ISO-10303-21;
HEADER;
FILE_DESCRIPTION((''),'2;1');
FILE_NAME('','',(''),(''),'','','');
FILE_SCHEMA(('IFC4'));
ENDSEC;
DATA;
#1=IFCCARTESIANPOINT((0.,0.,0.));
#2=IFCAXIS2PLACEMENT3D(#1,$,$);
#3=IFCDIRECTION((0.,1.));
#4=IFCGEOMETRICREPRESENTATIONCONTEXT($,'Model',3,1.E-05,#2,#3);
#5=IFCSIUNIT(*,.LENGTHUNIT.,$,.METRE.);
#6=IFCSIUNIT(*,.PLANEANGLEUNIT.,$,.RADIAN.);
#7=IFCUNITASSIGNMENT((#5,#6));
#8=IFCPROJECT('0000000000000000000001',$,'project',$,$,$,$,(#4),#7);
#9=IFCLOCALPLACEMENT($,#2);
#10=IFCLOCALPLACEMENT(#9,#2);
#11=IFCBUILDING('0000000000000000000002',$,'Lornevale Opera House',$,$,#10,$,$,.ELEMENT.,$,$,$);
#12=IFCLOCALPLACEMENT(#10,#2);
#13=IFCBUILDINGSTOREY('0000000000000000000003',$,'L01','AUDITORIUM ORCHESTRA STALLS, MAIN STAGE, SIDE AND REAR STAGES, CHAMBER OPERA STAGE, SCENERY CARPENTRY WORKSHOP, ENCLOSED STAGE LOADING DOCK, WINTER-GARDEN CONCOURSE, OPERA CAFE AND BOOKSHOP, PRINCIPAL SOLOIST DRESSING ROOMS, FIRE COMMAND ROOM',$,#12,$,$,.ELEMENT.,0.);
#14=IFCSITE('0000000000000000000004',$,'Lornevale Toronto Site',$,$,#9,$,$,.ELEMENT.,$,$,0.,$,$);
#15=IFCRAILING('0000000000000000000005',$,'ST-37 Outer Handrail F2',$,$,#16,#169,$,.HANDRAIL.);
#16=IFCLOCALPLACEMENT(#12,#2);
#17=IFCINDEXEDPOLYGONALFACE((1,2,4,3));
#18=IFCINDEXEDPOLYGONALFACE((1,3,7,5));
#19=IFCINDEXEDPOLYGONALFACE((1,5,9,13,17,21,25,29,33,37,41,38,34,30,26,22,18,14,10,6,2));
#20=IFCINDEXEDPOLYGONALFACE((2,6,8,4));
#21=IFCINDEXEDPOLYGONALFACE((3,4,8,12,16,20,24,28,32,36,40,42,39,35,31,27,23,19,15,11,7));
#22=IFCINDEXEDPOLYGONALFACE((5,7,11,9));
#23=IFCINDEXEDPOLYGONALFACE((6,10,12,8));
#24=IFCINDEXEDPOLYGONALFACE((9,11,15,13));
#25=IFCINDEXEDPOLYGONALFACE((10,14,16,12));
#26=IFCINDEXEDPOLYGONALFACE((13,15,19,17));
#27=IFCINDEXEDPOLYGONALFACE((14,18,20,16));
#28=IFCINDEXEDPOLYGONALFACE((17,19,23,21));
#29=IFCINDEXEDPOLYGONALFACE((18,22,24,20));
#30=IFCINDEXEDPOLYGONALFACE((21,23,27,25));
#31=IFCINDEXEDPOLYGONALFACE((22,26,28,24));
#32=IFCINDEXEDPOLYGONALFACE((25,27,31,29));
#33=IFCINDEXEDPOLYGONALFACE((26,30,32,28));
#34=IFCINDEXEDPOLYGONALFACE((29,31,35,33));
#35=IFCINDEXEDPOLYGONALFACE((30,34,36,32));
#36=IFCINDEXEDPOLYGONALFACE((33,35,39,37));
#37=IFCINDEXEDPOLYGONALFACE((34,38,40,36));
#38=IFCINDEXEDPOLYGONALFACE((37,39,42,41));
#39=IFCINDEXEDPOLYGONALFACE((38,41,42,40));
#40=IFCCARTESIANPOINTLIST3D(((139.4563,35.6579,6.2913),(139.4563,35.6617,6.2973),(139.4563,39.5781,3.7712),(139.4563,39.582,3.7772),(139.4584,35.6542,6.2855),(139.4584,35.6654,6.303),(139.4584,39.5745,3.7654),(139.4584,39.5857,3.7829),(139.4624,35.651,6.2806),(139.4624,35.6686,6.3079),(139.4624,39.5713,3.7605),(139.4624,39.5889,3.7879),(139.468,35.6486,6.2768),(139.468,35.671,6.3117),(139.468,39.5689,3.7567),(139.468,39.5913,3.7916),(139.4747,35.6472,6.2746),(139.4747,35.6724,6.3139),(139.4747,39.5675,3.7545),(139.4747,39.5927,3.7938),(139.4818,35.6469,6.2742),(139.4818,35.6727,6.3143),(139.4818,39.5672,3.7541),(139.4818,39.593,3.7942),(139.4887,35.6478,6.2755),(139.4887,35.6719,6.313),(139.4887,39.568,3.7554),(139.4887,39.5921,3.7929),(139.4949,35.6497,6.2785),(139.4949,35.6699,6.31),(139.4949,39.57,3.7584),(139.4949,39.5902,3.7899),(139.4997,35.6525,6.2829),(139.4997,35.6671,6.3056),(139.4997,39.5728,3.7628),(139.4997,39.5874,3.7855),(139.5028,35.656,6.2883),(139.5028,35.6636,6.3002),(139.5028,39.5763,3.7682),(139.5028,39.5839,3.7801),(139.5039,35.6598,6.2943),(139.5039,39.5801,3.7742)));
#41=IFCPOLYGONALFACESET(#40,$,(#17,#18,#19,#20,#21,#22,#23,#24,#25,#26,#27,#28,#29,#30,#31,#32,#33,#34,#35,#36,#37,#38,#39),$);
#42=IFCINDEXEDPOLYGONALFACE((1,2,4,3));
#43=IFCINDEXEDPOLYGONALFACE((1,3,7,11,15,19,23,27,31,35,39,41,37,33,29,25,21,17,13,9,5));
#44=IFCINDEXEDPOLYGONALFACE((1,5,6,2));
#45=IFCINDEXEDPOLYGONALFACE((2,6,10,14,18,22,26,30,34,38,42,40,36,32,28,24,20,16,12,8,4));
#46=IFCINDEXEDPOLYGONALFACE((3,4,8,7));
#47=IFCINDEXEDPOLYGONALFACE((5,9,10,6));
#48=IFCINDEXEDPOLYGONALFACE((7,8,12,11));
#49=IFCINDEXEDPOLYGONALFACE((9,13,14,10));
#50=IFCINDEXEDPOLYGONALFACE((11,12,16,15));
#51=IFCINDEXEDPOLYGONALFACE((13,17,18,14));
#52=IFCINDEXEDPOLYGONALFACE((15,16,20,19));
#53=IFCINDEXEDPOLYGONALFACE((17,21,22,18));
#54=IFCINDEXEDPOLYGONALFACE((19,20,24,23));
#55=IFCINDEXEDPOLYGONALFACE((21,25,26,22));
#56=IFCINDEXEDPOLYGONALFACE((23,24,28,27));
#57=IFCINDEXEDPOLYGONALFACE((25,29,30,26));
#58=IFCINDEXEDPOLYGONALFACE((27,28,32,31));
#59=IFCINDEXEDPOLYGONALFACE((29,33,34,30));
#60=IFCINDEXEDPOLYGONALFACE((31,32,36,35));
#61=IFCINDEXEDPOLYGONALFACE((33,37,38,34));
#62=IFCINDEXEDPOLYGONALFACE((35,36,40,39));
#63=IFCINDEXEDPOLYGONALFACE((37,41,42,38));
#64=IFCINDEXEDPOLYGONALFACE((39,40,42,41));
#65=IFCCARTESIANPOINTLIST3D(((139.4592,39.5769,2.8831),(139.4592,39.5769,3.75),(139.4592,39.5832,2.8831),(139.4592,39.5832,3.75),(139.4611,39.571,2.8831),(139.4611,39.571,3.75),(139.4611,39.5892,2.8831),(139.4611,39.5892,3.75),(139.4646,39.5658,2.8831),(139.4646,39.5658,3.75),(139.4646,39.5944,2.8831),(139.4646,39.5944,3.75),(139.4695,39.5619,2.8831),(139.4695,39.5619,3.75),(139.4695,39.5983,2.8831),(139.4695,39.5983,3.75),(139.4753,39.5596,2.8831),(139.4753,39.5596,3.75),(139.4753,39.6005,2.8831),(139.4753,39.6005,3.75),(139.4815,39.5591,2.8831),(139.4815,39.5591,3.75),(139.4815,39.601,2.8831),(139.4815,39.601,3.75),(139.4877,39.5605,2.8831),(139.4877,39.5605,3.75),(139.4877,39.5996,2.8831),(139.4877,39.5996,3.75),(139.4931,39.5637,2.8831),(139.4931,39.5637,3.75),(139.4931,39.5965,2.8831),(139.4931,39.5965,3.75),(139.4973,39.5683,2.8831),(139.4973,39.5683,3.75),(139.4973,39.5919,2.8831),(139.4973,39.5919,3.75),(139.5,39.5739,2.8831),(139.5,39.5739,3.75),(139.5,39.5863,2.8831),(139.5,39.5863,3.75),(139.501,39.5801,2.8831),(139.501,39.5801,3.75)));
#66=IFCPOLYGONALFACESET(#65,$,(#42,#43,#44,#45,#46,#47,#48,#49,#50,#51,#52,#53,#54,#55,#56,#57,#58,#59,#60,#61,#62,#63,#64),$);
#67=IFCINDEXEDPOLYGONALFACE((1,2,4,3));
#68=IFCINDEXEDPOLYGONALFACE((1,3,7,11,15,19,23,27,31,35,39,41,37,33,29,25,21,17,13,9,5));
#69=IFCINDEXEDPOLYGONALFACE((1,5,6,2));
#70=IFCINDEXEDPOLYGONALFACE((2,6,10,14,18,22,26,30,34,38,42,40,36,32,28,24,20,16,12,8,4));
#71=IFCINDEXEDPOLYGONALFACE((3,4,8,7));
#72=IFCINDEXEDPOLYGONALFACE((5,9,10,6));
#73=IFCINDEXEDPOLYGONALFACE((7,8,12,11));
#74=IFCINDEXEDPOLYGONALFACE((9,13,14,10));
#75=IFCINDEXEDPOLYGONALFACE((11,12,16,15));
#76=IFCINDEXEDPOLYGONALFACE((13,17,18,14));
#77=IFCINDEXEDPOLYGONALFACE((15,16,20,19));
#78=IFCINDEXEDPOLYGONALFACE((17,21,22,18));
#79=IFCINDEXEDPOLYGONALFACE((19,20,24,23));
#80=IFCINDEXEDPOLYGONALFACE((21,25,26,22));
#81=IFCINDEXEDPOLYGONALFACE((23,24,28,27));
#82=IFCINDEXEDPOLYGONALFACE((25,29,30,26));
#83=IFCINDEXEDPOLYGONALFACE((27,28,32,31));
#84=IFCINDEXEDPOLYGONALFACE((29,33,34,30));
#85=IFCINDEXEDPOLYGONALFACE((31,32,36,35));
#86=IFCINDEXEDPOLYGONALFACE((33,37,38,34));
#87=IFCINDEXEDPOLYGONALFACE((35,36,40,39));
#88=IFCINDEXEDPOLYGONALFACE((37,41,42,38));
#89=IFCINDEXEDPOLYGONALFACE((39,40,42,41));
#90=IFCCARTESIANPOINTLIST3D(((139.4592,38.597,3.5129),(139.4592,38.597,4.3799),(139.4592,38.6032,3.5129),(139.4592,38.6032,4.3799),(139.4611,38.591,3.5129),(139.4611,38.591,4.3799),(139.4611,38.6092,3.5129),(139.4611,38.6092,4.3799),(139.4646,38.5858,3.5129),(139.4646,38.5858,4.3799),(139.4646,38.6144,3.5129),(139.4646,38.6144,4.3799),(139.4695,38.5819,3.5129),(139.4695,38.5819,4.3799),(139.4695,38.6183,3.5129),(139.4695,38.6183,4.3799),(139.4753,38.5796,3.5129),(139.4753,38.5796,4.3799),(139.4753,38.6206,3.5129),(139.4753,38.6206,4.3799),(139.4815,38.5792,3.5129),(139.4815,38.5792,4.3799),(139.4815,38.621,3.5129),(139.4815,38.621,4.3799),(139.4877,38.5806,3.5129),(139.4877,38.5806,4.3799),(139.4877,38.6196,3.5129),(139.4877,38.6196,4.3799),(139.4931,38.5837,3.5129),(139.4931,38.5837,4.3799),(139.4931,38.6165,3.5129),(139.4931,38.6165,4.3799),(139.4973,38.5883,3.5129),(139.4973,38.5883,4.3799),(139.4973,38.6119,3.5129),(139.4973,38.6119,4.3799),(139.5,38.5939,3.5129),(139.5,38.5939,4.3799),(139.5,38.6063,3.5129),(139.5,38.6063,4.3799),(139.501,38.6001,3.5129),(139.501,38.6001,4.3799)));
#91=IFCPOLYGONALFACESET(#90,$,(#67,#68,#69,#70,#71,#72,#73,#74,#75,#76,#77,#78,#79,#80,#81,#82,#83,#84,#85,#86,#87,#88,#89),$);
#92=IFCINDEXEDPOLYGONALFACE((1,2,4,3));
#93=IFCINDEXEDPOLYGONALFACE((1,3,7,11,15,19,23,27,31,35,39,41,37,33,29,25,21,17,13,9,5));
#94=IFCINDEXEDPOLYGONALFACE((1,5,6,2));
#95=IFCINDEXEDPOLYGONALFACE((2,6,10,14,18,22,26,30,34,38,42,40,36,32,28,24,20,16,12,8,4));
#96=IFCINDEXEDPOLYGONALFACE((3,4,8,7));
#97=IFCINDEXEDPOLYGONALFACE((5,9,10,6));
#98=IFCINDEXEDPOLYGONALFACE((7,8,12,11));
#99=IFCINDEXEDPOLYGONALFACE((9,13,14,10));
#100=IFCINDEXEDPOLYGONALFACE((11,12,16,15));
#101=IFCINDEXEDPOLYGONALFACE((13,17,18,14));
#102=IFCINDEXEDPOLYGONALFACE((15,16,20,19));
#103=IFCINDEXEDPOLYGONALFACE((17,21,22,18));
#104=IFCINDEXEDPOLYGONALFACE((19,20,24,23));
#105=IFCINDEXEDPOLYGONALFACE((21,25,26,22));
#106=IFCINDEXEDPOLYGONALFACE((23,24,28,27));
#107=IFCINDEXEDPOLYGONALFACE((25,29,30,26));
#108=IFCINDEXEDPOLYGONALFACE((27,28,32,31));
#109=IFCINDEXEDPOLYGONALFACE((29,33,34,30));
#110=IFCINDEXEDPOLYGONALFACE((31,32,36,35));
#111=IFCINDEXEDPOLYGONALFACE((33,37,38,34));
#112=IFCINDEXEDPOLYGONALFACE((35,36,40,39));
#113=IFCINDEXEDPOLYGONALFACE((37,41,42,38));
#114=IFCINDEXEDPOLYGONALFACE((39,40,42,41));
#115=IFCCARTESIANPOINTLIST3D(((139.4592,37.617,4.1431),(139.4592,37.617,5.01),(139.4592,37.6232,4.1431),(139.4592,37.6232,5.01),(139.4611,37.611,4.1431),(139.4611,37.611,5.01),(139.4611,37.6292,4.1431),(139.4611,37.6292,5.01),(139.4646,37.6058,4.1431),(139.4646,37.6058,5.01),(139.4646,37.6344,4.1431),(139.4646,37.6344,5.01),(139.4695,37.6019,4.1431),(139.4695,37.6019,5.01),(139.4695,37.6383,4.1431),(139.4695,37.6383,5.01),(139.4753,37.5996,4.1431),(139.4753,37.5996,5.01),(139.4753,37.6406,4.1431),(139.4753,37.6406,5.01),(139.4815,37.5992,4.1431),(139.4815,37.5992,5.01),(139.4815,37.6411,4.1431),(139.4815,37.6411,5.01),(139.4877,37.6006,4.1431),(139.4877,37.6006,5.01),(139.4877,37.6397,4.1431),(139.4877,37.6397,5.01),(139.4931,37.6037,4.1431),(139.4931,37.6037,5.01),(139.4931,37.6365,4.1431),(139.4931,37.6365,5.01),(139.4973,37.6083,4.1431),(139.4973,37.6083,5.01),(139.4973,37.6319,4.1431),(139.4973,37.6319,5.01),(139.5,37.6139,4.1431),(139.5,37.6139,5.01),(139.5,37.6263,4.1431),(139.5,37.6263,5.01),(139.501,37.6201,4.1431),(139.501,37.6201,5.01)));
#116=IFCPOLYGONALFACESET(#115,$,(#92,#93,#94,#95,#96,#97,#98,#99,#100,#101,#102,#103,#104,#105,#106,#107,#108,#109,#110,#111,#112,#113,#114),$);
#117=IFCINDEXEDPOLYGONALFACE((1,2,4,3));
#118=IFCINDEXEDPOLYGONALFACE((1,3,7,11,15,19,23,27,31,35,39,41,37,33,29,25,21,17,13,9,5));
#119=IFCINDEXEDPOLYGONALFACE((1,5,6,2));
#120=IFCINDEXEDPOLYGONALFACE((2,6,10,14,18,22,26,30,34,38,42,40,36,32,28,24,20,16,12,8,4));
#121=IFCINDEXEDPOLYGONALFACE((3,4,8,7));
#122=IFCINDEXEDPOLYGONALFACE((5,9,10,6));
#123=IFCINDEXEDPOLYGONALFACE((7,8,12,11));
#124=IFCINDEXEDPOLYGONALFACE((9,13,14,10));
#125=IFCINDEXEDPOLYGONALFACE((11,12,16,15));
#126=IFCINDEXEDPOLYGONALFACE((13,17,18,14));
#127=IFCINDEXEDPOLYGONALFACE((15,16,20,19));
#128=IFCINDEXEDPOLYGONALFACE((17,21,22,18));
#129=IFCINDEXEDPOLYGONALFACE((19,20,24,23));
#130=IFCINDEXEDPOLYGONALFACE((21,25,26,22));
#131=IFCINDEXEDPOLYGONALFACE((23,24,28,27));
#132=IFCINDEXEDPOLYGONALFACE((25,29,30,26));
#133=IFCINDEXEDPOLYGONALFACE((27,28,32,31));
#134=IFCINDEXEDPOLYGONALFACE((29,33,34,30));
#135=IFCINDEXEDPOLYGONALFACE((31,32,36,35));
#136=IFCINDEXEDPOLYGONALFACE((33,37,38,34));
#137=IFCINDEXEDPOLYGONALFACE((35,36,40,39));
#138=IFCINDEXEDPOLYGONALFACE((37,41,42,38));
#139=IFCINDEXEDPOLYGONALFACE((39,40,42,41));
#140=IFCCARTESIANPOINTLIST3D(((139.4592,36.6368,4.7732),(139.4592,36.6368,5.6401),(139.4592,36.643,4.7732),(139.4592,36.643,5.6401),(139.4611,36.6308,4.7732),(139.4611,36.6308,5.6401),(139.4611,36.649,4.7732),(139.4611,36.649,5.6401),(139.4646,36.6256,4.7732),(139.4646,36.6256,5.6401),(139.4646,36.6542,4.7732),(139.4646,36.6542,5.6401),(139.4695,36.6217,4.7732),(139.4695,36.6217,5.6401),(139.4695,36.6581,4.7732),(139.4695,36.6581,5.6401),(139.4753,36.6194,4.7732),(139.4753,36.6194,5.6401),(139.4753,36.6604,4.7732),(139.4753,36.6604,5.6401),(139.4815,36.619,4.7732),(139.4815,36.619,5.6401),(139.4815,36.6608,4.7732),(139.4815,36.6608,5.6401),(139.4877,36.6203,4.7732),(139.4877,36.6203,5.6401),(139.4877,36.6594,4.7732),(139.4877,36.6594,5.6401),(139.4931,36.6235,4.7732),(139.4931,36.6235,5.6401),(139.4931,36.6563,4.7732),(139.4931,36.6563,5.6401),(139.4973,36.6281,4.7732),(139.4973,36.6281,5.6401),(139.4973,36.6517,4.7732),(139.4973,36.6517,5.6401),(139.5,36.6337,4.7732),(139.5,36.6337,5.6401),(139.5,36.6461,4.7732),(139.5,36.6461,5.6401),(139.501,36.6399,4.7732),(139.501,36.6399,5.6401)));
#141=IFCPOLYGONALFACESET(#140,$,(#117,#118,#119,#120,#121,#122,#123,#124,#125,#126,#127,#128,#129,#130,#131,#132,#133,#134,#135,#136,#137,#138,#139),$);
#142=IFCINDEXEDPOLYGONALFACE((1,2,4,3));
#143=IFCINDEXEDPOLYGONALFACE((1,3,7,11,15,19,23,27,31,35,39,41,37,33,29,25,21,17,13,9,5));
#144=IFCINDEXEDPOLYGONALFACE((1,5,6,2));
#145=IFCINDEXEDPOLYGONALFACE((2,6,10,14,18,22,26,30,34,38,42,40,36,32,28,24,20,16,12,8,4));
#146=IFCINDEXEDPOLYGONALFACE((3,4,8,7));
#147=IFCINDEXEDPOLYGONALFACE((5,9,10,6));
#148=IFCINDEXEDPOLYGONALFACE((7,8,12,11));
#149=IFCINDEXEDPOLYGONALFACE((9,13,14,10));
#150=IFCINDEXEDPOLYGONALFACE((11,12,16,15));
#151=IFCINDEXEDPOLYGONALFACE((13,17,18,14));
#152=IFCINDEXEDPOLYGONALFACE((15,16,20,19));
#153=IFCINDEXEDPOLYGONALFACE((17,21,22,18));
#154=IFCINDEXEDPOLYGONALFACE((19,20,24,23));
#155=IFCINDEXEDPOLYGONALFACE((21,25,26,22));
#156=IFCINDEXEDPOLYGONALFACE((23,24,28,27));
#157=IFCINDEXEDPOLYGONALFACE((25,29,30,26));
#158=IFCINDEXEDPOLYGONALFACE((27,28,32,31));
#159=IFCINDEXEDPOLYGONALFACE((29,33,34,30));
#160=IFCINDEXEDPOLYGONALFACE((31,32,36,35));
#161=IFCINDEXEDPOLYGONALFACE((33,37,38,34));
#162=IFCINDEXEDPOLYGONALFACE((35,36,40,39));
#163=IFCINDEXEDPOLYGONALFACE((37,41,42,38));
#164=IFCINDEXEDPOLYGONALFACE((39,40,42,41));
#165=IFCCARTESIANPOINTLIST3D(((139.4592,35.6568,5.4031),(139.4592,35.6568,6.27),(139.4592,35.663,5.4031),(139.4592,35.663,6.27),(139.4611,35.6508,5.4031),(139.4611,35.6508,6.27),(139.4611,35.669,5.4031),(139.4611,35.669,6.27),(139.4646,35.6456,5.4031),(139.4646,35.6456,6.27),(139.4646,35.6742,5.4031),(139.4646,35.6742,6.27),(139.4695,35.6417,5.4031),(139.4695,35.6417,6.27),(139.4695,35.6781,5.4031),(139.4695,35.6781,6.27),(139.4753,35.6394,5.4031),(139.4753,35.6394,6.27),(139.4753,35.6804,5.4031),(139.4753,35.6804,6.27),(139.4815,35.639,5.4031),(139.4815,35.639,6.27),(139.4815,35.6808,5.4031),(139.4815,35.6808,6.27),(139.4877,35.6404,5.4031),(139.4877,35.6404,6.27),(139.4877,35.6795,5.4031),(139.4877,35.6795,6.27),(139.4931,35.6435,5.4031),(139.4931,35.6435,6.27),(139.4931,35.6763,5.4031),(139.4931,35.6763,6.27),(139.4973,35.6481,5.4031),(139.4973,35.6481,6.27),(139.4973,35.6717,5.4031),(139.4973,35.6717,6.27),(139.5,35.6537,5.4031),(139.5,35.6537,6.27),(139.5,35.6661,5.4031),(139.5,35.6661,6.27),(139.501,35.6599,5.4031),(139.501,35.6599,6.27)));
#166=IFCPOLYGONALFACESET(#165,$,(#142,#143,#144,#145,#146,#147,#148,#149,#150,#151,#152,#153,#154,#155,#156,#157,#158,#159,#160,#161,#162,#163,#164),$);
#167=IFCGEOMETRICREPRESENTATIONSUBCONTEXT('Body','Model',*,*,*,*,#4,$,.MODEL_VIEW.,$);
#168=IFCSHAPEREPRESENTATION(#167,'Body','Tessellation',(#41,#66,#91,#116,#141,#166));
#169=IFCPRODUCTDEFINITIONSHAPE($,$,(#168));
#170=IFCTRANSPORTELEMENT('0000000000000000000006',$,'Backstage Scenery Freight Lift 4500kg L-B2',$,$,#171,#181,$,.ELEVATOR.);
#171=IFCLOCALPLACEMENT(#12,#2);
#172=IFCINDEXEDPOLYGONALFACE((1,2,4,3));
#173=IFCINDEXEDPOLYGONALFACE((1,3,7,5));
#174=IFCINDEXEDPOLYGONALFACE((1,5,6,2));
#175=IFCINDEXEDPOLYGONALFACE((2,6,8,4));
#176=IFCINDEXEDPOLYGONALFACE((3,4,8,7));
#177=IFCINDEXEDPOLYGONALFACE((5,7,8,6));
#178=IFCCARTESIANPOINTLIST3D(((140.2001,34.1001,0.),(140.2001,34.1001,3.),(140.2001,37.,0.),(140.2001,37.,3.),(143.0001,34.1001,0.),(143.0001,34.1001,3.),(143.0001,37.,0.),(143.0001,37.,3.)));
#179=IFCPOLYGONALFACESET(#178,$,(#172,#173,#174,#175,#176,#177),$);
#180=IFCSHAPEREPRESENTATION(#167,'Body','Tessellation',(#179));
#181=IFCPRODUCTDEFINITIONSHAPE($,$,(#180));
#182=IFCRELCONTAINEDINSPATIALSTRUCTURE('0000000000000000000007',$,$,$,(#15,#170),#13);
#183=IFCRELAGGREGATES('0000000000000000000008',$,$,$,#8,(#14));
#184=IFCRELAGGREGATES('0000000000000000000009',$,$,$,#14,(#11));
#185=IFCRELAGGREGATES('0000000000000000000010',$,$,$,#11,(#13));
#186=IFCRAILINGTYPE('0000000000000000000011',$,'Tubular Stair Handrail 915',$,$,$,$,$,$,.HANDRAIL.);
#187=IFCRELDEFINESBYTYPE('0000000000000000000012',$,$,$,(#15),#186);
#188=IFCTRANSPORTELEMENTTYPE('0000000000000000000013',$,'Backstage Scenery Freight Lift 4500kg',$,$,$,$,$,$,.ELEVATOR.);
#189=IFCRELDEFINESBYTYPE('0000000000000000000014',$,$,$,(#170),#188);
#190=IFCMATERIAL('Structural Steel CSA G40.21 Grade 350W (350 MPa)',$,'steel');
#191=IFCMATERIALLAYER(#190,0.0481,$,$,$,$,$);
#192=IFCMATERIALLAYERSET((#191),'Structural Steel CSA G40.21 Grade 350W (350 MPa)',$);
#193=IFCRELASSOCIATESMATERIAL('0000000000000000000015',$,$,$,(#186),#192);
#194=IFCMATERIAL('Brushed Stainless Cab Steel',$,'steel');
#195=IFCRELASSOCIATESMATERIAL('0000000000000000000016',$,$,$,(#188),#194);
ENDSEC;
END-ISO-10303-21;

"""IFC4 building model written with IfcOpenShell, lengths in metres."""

from ifc_helpers import new_model, si_unit, direction, frame, origin, origin_2d, place, context, subcontext, project, spatial, rectangle, circle, extrude, material, layer, layer_set, type_object, element, save


model = new_model("IFC4")

# Units and contexts
model_context = context("Model", 3, precision=1e-05, world=origin(), true_north=direction((0.0, 1.0)))
body_context = subcontext(model_context, "Body", "Model", "MODEL_VIEW")
ifc_project = project(units=[si_unit("LENGTHUNIT", "METRE"), si_unit("PLANEANGLEUNIT", "RADIAN")], contexts=[model_context])

# Site, building, storey
site_placement = place(None, origin())
site = spatial("IfcSite", under=ifc_project, at=site_placement, Name="Lornevale Toronto Site", CompositionType="ELEMENT", RefElevation=0.0)
building_placement = place(site_placement, origin())
building = spatial("IfcBuilding", under=site, at=building_placement, Name="Lornevale Opera House", CompositionType="ELEMENT")
storey_placement = place(building_placement, origin())
storey = spatial("IfcBuildingStorey", under=building, at=storey_placement, Name="L01", Description="AUDITORIUM ORCHESTRA STALLS, MAIN STAGE, SIDE AND REAR STAGES, CHAMBER OPERA STAGE, SCENERY CARPENTRY WORKSHOP, ENCLOSED STAGE LOADING DOCK, WINTER-GARDEN CONCOURSE, OPERA CAFE AND BOOKSHOP, PRINCIPAL SOLOIST DRESSING ROOMS, FIRE COMMAND ROOM", CompositionType="ELEMENT", Elevation=0.0)

# Railing
ifc_material_1 = material(Name="Structural Steel CSA G40.21 Grade 350W (350 MPa)", Category="steel")
ifc_layer_1 = layer(ifc_material_1, 0.0481)
ifc_layer_set_1 = layer_set([ifc_layer_1], Name="Structural Steel CSA G40.21 Grade 350W (350 MPa)")
railing_type_1 = type_object("IfcRailingType", Name="Tubular Stair Handrail 915", PredefinedType="HANDRAIL", material=ifc_layer_set_1)
railing_1_placement = place(storey_placement, frame((139.48, 39.5801, 2.8831)))
element("IfcRailing", 1, at=railing_1_placement, inside=storey, type_object=railing_type_1, Name="ST-37 Outer Handrail F2", PredefinedType="HANDRAIL", context=body_context, shape_type="SweptSolid", body=[
    extrude(circle(Radius=0.0239, at=origin_2d()), frame((0.0, 0.0, 0.8911), z_axis=(0.0, -0.841187, 0.540744), x_axis=(1.0, 0.0, 0.0)), (0.0, 0.0, 1.0), 4.6604),
    extrude(circle(Radius=0.021, at=origin_2d()), origin(), (0.0, 0.0, 1.0), 0.8669),
    extrude(circle(Radius=0.021, at=origin_2d()), frame((0.0, -0.98, 0.6299)), (0.0, 0.0, 1.0), 0.8669),
    extrude(circle(Radius=0.021, at=origin_2d()), frame((0.0, -1.96, 1.26)), (0.0, 0.0, 1.0), 0.8669),
    extrude(circle(Radius=0.021, at=origin_2d()), frame((0.0, -2.9402, 1.8901)), (0.0, 0.0, 1.0), 0.8669),
    extrude(circle(Radius=0.021, at=origin_2d()), frame((0.0, -3.9202, 2.52)), (0.0, 0.0, 1.0), 0.8669),
])

# Transport element
ifc_material_2 = material(Name="Brushed Stainless Cab Steel", Category="steel")
transport_element_type = type_object("IfcTransportElementType", Name="Backstage Scenery Freight Lift 4500kg", PredefinedType="ELEVATOR", material=ifc_material_2)
transport_element_placement = place(storey_placement, frame((141.6001, 35.55, 0.0), z_axis=(0.0, 0.0, 1.0), x_axis=(1.0, 0.0, 0.0)))
element("IfcTransportElement", 2, at=transport_element_placement, inside=storey, type_object=transport_element_type, Name="Backstage Scenery Freight Lift 4500kg L-B2", PredefinedType="ELEVATOR", context=body_context, shape_type="SweptSolid", body=[
    extrude(rectangle(XDim=2.8, YDim=2.8999, at=origin_2d()), origin(), (0.0, 0.0, 1.0), 3.0),
])

save(model, "model.ifc")
